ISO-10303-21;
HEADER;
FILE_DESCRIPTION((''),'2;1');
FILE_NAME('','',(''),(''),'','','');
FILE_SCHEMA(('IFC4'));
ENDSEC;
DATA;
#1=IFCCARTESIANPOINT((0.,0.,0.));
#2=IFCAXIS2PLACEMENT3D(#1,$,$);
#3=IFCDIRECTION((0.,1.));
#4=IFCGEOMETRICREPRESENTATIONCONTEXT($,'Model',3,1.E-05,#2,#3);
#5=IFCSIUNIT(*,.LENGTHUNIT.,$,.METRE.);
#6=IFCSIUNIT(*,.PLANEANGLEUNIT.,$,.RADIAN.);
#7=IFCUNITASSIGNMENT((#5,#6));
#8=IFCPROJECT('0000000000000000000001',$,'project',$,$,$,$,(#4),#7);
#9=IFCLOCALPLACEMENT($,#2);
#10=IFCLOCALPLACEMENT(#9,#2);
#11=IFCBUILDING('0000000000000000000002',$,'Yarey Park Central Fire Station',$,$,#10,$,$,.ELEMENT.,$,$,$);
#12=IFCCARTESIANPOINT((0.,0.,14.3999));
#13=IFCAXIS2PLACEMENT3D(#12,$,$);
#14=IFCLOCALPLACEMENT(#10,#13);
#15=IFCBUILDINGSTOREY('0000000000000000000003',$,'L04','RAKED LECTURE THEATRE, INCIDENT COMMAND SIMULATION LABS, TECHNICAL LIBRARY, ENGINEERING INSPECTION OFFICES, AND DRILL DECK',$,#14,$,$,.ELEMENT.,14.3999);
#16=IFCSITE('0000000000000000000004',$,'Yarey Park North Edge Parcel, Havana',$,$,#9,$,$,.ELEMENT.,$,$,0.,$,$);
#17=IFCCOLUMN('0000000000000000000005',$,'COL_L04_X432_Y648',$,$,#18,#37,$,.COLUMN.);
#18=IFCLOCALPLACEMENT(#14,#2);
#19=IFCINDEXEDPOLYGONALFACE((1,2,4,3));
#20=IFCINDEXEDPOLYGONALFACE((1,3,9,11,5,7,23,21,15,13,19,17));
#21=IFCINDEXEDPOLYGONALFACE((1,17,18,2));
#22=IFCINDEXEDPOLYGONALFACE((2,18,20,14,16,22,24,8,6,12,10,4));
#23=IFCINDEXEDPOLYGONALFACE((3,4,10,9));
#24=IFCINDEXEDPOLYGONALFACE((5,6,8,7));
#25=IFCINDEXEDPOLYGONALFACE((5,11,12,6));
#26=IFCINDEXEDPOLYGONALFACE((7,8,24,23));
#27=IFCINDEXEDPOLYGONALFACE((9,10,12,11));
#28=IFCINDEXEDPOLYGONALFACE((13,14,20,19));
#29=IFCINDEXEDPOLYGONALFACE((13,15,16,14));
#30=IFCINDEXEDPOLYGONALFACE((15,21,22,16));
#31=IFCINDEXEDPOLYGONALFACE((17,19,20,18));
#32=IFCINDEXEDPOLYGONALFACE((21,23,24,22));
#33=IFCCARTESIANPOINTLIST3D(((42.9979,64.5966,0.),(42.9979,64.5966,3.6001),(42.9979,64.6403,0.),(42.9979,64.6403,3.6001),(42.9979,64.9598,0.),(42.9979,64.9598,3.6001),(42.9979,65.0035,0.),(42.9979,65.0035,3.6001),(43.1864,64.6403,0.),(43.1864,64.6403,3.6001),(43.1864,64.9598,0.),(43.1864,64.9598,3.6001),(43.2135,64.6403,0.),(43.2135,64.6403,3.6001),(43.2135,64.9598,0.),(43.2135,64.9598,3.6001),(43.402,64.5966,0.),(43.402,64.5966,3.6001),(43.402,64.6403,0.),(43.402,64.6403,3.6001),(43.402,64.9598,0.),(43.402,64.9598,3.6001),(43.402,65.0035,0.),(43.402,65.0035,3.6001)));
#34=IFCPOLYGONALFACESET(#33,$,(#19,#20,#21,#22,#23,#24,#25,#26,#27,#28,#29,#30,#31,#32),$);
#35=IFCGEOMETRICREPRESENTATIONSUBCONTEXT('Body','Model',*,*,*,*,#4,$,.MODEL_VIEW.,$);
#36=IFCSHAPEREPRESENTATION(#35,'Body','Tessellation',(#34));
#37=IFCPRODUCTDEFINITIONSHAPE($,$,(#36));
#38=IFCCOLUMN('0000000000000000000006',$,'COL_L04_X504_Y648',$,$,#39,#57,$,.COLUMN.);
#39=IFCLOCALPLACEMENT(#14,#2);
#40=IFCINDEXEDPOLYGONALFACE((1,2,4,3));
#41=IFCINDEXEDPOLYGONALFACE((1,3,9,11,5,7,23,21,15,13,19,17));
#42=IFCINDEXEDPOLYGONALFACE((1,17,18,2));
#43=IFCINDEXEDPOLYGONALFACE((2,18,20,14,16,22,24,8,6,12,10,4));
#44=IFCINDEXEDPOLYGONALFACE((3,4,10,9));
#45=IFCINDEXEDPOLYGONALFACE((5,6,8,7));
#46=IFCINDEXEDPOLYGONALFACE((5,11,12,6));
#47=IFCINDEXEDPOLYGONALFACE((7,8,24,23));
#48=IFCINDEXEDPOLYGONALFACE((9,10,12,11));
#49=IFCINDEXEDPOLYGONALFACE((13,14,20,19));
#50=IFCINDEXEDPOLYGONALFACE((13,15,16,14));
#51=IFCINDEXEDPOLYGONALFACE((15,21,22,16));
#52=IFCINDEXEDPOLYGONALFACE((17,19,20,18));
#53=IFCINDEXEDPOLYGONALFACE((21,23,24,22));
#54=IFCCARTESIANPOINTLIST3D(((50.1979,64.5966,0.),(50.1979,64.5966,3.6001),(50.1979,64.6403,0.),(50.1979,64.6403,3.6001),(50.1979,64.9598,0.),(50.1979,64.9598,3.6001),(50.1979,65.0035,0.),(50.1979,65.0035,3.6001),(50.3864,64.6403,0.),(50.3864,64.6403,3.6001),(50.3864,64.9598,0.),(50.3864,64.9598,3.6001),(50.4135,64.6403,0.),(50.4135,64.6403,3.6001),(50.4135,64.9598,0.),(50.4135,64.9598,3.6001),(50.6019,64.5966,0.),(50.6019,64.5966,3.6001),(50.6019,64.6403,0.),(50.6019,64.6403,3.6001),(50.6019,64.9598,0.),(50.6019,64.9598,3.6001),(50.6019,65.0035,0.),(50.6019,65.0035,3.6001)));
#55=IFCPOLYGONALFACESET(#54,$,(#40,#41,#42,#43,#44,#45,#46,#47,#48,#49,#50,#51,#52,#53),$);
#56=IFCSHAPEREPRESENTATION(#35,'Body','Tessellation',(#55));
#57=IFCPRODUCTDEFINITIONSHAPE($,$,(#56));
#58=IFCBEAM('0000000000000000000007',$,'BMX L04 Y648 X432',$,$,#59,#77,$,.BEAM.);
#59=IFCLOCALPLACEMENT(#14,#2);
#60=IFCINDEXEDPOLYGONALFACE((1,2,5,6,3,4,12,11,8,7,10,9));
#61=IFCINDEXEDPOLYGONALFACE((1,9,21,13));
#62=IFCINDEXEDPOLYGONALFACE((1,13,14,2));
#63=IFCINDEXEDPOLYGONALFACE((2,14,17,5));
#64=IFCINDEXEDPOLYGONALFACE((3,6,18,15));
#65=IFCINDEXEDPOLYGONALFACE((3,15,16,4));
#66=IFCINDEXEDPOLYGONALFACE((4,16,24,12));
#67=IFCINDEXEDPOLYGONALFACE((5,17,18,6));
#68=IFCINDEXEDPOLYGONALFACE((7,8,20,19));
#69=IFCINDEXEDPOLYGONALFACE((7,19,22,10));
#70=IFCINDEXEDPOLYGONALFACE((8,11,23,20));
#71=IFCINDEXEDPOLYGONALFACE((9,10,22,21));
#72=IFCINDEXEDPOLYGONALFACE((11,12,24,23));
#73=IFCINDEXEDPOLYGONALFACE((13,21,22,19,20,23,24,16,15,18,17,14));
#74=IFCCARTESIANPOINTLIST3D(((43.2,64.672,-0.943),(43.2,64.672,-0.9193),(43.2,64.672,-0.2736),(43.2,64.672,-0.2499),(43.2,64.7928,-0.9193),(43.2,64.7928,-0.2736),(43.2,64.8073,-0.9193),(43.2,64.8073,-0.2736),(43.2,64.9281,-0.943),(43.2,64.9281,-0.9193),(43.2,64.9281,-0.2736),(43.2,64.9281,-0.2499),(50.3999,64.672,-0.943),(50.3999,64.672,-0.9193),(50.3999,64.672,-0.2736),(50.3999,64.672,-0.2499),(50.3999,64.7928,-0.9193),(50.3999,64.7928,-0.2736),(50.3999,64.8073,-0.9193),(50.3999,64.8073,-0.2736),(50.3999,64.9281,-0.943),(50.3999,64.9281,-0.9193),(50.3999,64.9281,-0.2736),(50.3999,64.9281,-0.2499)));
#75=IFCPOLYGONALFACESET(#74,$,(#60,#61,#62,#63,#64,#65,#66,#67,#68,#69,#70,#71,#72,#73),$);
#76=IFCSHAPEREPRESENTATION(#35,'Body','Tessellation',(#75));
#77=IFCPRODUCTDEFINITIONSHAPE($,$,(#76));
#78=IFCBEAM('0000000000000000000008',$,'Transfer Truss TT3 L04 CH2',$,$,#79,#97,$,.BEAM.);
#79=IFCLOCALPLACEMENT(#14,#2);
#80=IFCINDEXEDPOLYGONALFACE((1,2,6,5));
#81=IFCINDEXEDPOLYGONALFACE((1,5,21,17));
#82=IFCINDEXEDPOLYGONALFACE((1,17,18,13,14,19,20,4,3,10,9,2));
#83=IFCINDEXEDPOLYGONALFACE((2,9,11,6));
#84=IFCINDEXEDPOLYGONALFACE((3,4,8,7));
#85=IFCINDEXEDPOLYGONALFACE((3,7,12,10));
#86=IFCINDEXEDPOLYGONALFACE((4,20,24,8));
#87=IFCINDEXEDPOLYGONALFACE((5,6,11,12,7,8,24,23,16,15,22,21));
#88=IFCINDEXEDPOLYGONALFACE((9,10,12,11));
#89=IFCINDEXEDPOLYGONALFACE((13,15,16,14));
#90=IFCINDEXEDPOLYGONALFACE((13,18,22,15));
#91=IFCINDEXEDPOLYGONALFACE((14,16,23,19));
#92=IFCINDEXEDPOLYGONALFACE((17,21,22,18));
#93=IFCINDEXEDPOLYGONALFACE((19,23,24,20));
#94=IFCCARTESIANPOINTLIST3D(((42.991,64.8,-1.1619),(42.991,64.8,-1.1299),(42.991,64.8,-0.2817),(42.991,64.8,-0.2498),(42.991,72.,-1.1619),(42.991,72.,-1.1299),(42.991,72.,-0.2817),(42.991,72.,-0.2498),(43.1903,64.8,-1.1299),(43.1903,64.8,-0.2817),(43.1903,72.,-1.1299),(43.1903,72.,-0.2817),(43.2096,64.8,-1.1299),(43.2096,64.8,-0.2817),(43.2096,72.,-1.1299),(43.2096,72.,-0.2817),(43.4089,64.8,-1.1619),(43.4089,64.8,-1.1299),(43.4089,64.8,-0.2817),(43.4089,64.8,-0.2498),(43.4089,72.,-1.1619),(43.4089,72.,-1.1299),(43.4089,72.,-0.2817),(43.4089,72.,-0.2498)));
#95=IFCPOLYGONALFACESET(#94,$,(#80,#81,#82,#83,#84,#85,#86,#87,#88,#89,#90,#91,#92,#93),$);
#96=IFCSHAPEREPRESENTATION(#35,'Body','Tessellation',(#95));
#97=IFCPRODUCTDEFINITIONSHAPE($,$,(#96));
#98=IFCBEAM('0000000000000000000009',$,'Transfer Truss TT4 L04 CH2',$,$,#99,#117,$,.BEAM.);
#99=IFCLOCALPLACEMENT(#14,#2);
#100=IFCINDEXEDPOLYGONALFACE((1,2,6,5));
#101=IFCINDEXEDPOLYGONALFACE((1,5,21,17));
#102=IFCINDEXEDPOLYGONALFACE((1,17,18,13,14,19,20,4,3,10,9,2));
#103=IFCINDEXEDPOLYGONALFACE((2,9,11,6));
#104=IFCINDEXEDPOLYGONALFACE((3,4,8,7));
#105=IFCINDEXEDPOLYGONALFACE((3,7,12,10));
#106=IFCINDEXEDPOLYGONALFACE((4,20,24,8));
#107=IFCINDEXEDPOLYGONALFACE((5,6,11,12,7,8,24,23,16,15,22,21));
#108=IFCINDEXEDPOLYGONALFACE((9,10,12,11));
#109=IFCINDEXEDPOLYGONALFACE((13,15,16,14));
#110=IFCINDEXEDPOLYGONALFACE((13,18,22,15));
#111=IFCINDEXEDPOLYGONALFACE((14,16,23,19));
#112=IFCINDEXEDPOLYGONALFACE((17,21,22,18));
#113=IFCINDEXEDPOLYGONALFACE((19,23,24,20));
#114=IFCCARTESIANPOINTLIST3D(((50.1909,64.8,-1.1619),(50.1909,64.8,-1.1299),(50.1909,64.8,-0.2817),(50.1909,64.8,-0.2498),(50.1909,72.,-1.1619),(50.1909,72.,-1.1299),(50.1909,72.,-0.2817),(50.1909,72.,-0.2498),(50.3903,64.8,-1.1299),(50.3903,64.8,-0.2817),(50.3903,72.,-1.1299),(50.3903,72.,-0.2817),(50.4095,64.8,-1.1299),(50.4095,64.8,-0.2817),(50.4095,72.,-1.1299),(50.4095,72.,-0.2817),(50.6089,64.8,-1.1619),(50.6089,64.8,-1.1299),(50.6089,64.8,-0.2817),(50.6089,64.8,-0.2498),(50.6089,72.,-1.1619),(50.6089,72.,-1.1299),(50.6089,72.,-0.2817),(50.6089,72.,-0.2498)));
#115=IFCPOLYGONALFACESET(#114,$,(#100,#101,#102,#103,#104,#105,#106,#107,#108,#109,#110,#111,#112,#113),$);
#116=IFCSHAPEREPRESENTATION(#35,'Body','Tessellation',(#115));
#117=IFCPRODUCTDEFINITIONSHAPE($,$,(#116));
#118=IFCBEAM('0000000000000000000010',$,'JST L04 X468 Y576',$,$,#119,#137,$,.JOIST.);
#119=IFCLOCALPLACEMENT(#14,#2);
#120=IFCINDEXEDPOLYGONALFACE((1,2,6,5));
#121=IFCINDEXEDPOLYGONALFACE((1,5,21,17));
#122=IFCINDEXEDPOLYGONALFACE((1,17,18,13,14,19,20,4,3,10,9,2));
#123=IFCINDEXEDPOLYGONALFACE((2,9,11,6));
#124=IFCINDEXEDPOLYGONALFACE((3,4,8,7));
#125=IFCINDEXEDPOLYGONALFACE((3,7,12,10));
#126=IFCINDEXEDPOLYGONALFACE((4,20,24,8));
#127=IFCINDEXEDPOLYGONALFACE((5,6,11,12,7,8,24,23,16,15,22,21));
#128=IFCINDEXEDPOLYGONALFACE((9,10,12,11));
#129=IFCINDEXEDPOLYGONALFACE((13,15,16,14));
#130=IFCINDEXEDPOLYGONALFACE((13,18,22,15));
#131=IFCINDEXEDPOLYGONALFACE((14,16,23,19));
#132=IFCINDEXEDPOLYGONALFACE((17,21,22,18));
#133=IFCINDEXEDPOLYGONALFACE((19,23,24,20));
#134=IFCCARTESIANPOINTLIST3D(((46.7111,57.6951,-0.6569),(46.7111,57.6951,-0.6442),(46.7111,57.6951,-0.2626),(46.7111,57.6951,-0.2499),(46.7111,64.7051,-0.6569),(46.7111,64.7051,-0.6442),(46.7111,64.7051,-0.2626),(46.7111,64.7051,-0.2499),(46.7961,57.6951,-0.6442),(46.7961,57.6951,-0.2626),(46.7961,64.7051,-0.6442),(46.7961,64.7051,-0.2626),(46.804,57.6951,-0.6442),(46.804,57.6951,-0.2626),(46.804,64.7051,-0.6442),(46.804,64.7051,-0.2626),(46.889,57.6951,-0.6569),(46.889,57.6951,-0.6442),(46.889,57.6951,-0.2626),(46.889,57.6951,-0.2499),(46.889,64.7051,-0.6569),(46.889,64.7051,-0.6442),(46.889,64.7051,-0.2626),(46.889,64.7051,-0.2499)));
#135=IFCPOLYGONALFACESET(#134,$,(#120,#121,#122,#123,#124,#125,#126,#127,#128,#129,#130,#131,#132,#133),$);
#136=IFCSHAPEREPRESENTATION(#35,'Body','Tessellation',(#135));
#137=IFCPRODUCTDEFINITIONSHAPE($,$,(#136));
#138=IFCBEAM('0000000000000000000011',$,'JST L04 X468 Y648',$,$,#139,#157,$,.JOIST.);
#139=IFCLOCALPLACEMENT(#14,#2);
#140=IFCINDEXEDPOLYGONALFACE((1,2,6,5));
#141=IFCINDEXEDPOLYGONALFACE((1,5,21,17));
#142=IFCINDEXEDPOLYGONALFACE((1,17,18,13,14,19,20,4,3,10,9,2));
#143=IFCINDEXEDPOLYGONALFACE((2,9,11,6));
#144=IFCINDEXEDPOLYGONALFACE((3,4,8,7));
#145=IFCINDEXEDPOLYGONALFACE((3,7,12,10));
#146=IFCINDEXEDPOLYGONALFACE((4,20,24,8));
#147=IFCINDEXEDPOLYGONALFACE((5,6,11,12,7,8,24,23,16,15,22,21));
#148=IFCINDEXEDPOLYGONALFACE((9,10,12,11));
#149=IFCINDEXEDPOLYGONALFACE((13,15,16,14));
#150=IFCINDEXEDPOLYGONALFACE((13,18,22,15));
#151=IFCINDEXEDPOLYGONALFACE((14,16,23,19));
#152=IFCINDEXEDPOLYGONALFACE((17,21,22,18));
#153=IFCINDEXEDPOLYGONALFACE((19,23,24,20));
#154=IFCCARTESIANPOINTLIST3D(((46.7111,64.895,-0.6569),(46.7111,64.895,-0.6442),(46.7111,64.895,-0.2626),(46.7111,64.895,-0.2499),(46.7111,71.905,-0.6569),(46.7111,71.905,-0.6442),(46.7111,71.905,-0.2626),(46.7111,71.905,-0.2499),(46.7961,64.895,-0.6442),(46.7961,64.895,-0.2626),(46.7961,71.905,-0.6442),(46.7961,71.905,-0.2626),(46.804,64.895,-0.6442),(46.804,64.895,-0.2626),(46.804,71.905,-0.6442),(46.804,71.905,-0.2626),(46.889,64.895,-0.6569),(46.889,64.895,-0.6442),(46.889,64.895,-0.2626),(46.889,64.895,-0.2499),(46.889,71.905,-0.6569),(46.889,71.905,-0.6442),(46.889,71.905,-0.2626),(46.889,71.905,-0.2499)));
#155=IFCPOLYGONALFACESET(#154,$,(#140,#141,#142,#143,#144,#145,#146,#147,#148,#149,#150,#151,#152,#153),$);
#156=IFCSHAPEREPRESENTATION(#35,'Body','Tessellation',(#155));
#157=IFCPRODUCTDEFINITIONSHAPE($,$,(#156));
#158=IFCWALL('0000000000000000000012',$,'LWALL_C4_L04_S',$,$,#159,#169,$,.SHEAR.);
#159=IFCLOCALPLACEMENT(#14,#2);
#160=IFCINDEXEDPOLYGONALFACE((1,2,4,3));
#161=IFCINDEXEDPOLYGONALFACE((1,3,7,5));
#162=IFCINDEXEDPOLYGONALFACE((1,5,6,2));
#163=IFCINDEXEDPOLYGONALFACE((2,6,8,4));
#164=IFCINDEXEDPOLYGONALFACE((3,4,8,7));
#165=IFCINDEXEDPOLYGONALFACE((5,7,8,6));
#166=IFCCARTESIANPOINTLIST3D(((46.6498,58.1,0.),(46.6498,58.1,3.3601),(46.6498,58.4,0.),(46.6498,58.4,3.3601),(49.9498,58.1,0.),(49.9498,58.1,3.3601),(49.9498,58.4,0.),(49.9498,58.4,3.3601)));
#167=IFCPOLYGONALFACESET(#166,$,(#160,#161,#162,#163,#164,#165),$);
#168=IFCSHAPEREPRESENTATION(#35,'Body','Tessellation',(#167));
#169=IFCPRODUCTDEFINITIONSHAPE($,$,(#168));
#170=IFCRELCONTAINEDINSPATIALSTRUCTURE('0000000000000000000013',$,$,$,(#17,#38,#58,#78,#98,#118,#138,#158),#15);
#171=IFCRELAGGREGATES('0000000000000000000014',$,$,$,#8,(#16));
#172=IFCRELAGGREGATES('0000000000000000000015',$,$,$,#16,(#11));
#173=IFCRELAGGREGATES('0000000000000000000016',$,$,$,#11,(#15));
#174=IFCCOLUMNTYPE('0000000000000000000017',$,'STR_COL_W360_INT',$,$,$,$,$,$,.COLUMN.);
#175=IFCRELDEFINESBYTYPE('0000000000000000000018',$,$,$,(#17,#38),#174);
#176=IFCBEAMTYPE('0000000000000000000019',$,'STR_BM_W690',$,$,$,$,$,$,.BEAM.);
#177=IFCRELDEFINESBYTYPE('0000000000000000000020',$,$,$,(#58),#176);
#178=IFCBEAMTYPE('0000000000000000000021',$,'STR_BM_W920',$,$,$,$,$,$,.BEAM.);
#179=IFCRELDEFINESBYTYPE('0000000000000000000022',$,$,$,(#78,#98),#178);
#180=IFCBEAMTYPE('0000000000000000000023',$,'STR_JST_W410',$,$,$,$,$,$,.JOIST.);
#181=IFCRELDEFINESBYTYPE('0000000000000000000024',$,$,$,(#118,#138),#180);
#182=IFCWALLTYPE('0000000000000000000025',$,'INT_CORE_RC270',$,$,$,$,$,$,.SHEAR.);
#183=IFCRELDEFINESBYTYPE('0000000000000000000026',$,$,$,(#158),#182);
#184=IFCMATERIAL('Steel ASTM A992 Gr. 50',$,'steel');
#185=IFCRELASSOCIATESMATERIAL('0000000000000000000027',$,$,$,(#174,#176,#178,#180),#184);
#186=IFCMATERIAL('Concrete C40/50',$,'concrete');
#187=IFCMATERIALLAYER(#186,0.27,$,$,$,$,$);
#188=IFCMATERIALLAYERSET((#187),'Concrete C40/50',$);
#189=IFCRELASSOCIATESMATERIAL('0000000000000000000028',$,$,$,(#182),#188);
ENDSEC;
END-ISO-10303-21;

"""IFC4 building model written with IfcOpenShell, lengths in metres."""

from ifc_helpers import new_model, si_unit, direction, frame, frame_2d, origin, origin_2d, place, context, subcontext, project, spatial, rectangle, i_section, extrude, material, layer, layer_set, material_profile, profile_set, type_object, element, save


model = new_model("IFC4")

# Units and contexts
model_context = context("Model", 3, precision=1e-05, world=origin(), true_north=direction((0.0, 1.0)))
body_context = subcontext(model_context, "Body", "Model", "MODEL_VIEW")
ifc_project = project(units=[si_unit("LENGTHUNIT", "METRE"), si_unit("PLANEANGLEUNIT", "RADIAN")], contexts=[model_context])

# Site, building, storey
site_placement = place(None, origin())
site = spatial("IfcSite", under=ifc_project, at=site_placement, Name="Yarey Park North Edge Parcel, Havana", CompositionType="ELEMENT", RefElevation=0.0)
building_placement = place(site_placement, origin())
building = spatial("IfcBuilding", under=site, at=building_placement, Name="Yarey Park Central Fire Station", CompositionType="ELEMENT")
storey_placement = place(building_placement, frame((0.0, 0.0, 14.3999)))
storey = spatial("IfcBuildingStorey", under=building, at=storey_placement, Name="L04", Description="RAKED LECTURE THEATRE, INCIDENT COMMAND SIMULATION LABS, TECHNICAL LIBRARY, ENGINEERING INSPECTION OFFICES, AND DRILL DECK", CompositionType="ELEMENT", Elevation=14.3999)

# Columns
ifc_material_1 = material(Name="Steel ASTM A992 Gr. 50", Category="steel")
ifc_material_profile_1 = material_profile(ifc_material_1, i_section(OverallWidth=0.4041, OverallDepth=0.407, WebThickness=0.0271, FlangeThickness=0.0437, at=origin_2d()), Name="W360x347")
ifc_profile_set_1 = profile_set([ifc_material_profile_1], Name="Steel ASTM A992 Gr. 50")
column_type = type_object("IfcColumnType", Name="STR_COL_W360_INT", PredefinedType="COLUMN", material=ifc_profile_set_1)
for number, where, z_axis, x_axis, name in (
    (1, (43.2, 64.8, 0.0), (0.0, 0.0, 1.0), (1.0, 0.0, 0.0), "COL_L04_X432_Y648"),
    (2, (50.3999, 64.8, 0.0), (0.0, 0.0, 1.0), (1.0, 0.0, 0.0), "COL_L04_X504_Y648"),
):
    element("IfcColumn", number, at=place(storey_placement, frame(where, z_axis=z_axis, x_axis=x_axis)), inside=storey, type_object=column_type, Name=name, PredefinedType="COLUMN", context=body_context, shape_type="SweptSolid", body=[
        extrude(i_section(OverallWidth=0.4041, OverallDepth=0.407, WebThickness=0.0271, FlangeThickness=0.0437, at=origin_2d()), origin(), (0.0, 0.0, 1.0), 3.6001),
    ])

# Beams
ifc_material_profile_2 = material_profile(ifc_material_1, i_section(OverallWidth=0.2561, OverallDepth=0.6931, WebThickness=0.0144, FlangeThickness=0.0237, at=origin_2d()), Name="W690x170")
ifc_profile_set_2 = profile_set([ifc_material_profile_2], Name="Steel ASTM A992 Gr. 50")
beam_type_1 = type_object("IfcBeamType", Name="STR_BM_W690", PredefinedType="BEAM", material=ifc_profile_set_2)
beam_placement = place(storey_placement, frame((43.2, 64.8, -0.5964), z_axis=(1.0, 0.0, 0.0), x_axis=(0.0, 1.0, 0.0)))
element("IfcBeam", 3, at=beam_placement, inside=storey, type_object=beam_type_1, Name="BMX L04 Y648 X432", PredefinedType="BEAM", context=body_context, shape_type="SweptSolid", body=[
    extrude(i_section(OverallWidth=0.2561, OverallDepth=0.6931, WebThickness=0.0144, FlangeThickness=0.0237, at=origin_2d()), origin(), (0.0, 0.0, 1.0), 7.2),
])
ifc_material_profile_3 = material_profile(ifc_material_1, i_section(OverallWidth=0.418, OverallDepth=0.9121, WebThickness=0.0193, FlangeThickness=0.032, at=origin_2d()), Name="W920x342")
ifc_profile_set_3 = profile_set([ifc_material_profile_3], Name="Steel ASTM A992 Gr. 50")
beam_type_2 = type_object("IfcBeamType", Name="STR_BM_W920", PredefinedType="BEAM", material=ifc_profile_set_3)
for number, where, z_axis, x_axis, name in (
    (4, (43.2, 64.8, -0.7058), (0.0, 1.0, 0.0), (-1.0, 0.0, 0.0), "Transfer Truss TT3 L04 CH2"),
    (5, (50.3999, 64.8, -0.7058), (0.0, 1.0, 0.0), (-1.0, 0.0, 0.0), "Transfer Truss TT4 L04 CH2"),
):
    element("IfcBeam", number, at=place(storey_placement, frame(where, z_axis=z_axis, x_axis=x_axis)), inside=storey, type_object=beam_type_2, Name=name, PredefinedType="BEAM", context=body_context, shape_type="SweptSolid", body=[
        extrude(i_section(OverallWidth=0.418, OverallDepth=0.9121, WebThickness=0.0193, FlangeThickness=0.032, at=origin_2d()), origin(), (0.0, 0.0, 1.0), 7.2),
    ])
ifc_material_profile_4 = material_profile(ifc_material_1, i_section(OverallWidth=0.178, OverallDepth=0.407, WebThickness=0.0078, FlangeThickness=0.0127, at=origin_2d()), Name="W410x60")
ifc_profile_set_4 = profile_set([ifc_material_profile_4], Name="Steel ASTM A992 Gr. 50")
beam_type_3 = type_object("IfcBeamType", Name="STR_JST_W410", PredefinedType="JOIST", material=ifc_profile_set_4)
for number, where, z_axis, x_axis, name in (
    (6, (46.8, 57.6951, -0.4534), (0.0, 1.0, 0.0), (-1.0, 0.0, 0.0), "JST L04 X468 Y576"),
    (7, (46.8, 64.895, -0.4534), (0.0, 1.0, 0.0), (-1.0, 0.0, 0.0), "JST L04 X468 Y648"),
):
    element("IfcBeam", number, at=place(storey_placement, frame(where, z_axis=z_axis, x_axis=x_axis)), inside=storey, type_object=beam_type_3, Name=name, PredefinedType="JOIST", context=body_context, shape_type="SweptSolid", body=[
        extrude(i_section(OverallWidth=0.178, OverallDepth=0.407, WebThickness=0.0078, FlangeThickness=0.0127, at=origin_2d()), origin(), (0.0, 0.0, 1.0), 7.01),
    ])

# Wall
ifc_material_2 = material(Name="Concrete C40/50", Category="concrete")
ifc_layer_1 = layer(ifc_material_2, 0.27)
ifc_layer_set_1 = layer_set([ifc_layer_1], Name="Concrete C40/50")
wall_type_1 = type_object("IfcWallType", Name="INT_CORE_RC270", PredefinedType="SHEAR", material=ifc_layer_set_1)
wall_1_placement = place(storey_placement, frame((46.6499, 58.25, 0.0), z_axis=(0.0, 0.0, 1.0), x_axis=(1.0, 0.0, 0.0)))
element("IfcWall", 8, at=wall_1_placement, inside=storey, type_object=wall_type_1, Name="LWALL_C4_L04_S", PredefinedType="SHEAR", context=body_context, shape_type="SweptSolid", body=[
    extrude(rectangle(XDim=3.3, YDim=0.3, at=frame_2d((1.6499, 0.0))), origin(), (0.0, 0.0, 1.0), 3.3601),
])

save(model, "model.ifc")
